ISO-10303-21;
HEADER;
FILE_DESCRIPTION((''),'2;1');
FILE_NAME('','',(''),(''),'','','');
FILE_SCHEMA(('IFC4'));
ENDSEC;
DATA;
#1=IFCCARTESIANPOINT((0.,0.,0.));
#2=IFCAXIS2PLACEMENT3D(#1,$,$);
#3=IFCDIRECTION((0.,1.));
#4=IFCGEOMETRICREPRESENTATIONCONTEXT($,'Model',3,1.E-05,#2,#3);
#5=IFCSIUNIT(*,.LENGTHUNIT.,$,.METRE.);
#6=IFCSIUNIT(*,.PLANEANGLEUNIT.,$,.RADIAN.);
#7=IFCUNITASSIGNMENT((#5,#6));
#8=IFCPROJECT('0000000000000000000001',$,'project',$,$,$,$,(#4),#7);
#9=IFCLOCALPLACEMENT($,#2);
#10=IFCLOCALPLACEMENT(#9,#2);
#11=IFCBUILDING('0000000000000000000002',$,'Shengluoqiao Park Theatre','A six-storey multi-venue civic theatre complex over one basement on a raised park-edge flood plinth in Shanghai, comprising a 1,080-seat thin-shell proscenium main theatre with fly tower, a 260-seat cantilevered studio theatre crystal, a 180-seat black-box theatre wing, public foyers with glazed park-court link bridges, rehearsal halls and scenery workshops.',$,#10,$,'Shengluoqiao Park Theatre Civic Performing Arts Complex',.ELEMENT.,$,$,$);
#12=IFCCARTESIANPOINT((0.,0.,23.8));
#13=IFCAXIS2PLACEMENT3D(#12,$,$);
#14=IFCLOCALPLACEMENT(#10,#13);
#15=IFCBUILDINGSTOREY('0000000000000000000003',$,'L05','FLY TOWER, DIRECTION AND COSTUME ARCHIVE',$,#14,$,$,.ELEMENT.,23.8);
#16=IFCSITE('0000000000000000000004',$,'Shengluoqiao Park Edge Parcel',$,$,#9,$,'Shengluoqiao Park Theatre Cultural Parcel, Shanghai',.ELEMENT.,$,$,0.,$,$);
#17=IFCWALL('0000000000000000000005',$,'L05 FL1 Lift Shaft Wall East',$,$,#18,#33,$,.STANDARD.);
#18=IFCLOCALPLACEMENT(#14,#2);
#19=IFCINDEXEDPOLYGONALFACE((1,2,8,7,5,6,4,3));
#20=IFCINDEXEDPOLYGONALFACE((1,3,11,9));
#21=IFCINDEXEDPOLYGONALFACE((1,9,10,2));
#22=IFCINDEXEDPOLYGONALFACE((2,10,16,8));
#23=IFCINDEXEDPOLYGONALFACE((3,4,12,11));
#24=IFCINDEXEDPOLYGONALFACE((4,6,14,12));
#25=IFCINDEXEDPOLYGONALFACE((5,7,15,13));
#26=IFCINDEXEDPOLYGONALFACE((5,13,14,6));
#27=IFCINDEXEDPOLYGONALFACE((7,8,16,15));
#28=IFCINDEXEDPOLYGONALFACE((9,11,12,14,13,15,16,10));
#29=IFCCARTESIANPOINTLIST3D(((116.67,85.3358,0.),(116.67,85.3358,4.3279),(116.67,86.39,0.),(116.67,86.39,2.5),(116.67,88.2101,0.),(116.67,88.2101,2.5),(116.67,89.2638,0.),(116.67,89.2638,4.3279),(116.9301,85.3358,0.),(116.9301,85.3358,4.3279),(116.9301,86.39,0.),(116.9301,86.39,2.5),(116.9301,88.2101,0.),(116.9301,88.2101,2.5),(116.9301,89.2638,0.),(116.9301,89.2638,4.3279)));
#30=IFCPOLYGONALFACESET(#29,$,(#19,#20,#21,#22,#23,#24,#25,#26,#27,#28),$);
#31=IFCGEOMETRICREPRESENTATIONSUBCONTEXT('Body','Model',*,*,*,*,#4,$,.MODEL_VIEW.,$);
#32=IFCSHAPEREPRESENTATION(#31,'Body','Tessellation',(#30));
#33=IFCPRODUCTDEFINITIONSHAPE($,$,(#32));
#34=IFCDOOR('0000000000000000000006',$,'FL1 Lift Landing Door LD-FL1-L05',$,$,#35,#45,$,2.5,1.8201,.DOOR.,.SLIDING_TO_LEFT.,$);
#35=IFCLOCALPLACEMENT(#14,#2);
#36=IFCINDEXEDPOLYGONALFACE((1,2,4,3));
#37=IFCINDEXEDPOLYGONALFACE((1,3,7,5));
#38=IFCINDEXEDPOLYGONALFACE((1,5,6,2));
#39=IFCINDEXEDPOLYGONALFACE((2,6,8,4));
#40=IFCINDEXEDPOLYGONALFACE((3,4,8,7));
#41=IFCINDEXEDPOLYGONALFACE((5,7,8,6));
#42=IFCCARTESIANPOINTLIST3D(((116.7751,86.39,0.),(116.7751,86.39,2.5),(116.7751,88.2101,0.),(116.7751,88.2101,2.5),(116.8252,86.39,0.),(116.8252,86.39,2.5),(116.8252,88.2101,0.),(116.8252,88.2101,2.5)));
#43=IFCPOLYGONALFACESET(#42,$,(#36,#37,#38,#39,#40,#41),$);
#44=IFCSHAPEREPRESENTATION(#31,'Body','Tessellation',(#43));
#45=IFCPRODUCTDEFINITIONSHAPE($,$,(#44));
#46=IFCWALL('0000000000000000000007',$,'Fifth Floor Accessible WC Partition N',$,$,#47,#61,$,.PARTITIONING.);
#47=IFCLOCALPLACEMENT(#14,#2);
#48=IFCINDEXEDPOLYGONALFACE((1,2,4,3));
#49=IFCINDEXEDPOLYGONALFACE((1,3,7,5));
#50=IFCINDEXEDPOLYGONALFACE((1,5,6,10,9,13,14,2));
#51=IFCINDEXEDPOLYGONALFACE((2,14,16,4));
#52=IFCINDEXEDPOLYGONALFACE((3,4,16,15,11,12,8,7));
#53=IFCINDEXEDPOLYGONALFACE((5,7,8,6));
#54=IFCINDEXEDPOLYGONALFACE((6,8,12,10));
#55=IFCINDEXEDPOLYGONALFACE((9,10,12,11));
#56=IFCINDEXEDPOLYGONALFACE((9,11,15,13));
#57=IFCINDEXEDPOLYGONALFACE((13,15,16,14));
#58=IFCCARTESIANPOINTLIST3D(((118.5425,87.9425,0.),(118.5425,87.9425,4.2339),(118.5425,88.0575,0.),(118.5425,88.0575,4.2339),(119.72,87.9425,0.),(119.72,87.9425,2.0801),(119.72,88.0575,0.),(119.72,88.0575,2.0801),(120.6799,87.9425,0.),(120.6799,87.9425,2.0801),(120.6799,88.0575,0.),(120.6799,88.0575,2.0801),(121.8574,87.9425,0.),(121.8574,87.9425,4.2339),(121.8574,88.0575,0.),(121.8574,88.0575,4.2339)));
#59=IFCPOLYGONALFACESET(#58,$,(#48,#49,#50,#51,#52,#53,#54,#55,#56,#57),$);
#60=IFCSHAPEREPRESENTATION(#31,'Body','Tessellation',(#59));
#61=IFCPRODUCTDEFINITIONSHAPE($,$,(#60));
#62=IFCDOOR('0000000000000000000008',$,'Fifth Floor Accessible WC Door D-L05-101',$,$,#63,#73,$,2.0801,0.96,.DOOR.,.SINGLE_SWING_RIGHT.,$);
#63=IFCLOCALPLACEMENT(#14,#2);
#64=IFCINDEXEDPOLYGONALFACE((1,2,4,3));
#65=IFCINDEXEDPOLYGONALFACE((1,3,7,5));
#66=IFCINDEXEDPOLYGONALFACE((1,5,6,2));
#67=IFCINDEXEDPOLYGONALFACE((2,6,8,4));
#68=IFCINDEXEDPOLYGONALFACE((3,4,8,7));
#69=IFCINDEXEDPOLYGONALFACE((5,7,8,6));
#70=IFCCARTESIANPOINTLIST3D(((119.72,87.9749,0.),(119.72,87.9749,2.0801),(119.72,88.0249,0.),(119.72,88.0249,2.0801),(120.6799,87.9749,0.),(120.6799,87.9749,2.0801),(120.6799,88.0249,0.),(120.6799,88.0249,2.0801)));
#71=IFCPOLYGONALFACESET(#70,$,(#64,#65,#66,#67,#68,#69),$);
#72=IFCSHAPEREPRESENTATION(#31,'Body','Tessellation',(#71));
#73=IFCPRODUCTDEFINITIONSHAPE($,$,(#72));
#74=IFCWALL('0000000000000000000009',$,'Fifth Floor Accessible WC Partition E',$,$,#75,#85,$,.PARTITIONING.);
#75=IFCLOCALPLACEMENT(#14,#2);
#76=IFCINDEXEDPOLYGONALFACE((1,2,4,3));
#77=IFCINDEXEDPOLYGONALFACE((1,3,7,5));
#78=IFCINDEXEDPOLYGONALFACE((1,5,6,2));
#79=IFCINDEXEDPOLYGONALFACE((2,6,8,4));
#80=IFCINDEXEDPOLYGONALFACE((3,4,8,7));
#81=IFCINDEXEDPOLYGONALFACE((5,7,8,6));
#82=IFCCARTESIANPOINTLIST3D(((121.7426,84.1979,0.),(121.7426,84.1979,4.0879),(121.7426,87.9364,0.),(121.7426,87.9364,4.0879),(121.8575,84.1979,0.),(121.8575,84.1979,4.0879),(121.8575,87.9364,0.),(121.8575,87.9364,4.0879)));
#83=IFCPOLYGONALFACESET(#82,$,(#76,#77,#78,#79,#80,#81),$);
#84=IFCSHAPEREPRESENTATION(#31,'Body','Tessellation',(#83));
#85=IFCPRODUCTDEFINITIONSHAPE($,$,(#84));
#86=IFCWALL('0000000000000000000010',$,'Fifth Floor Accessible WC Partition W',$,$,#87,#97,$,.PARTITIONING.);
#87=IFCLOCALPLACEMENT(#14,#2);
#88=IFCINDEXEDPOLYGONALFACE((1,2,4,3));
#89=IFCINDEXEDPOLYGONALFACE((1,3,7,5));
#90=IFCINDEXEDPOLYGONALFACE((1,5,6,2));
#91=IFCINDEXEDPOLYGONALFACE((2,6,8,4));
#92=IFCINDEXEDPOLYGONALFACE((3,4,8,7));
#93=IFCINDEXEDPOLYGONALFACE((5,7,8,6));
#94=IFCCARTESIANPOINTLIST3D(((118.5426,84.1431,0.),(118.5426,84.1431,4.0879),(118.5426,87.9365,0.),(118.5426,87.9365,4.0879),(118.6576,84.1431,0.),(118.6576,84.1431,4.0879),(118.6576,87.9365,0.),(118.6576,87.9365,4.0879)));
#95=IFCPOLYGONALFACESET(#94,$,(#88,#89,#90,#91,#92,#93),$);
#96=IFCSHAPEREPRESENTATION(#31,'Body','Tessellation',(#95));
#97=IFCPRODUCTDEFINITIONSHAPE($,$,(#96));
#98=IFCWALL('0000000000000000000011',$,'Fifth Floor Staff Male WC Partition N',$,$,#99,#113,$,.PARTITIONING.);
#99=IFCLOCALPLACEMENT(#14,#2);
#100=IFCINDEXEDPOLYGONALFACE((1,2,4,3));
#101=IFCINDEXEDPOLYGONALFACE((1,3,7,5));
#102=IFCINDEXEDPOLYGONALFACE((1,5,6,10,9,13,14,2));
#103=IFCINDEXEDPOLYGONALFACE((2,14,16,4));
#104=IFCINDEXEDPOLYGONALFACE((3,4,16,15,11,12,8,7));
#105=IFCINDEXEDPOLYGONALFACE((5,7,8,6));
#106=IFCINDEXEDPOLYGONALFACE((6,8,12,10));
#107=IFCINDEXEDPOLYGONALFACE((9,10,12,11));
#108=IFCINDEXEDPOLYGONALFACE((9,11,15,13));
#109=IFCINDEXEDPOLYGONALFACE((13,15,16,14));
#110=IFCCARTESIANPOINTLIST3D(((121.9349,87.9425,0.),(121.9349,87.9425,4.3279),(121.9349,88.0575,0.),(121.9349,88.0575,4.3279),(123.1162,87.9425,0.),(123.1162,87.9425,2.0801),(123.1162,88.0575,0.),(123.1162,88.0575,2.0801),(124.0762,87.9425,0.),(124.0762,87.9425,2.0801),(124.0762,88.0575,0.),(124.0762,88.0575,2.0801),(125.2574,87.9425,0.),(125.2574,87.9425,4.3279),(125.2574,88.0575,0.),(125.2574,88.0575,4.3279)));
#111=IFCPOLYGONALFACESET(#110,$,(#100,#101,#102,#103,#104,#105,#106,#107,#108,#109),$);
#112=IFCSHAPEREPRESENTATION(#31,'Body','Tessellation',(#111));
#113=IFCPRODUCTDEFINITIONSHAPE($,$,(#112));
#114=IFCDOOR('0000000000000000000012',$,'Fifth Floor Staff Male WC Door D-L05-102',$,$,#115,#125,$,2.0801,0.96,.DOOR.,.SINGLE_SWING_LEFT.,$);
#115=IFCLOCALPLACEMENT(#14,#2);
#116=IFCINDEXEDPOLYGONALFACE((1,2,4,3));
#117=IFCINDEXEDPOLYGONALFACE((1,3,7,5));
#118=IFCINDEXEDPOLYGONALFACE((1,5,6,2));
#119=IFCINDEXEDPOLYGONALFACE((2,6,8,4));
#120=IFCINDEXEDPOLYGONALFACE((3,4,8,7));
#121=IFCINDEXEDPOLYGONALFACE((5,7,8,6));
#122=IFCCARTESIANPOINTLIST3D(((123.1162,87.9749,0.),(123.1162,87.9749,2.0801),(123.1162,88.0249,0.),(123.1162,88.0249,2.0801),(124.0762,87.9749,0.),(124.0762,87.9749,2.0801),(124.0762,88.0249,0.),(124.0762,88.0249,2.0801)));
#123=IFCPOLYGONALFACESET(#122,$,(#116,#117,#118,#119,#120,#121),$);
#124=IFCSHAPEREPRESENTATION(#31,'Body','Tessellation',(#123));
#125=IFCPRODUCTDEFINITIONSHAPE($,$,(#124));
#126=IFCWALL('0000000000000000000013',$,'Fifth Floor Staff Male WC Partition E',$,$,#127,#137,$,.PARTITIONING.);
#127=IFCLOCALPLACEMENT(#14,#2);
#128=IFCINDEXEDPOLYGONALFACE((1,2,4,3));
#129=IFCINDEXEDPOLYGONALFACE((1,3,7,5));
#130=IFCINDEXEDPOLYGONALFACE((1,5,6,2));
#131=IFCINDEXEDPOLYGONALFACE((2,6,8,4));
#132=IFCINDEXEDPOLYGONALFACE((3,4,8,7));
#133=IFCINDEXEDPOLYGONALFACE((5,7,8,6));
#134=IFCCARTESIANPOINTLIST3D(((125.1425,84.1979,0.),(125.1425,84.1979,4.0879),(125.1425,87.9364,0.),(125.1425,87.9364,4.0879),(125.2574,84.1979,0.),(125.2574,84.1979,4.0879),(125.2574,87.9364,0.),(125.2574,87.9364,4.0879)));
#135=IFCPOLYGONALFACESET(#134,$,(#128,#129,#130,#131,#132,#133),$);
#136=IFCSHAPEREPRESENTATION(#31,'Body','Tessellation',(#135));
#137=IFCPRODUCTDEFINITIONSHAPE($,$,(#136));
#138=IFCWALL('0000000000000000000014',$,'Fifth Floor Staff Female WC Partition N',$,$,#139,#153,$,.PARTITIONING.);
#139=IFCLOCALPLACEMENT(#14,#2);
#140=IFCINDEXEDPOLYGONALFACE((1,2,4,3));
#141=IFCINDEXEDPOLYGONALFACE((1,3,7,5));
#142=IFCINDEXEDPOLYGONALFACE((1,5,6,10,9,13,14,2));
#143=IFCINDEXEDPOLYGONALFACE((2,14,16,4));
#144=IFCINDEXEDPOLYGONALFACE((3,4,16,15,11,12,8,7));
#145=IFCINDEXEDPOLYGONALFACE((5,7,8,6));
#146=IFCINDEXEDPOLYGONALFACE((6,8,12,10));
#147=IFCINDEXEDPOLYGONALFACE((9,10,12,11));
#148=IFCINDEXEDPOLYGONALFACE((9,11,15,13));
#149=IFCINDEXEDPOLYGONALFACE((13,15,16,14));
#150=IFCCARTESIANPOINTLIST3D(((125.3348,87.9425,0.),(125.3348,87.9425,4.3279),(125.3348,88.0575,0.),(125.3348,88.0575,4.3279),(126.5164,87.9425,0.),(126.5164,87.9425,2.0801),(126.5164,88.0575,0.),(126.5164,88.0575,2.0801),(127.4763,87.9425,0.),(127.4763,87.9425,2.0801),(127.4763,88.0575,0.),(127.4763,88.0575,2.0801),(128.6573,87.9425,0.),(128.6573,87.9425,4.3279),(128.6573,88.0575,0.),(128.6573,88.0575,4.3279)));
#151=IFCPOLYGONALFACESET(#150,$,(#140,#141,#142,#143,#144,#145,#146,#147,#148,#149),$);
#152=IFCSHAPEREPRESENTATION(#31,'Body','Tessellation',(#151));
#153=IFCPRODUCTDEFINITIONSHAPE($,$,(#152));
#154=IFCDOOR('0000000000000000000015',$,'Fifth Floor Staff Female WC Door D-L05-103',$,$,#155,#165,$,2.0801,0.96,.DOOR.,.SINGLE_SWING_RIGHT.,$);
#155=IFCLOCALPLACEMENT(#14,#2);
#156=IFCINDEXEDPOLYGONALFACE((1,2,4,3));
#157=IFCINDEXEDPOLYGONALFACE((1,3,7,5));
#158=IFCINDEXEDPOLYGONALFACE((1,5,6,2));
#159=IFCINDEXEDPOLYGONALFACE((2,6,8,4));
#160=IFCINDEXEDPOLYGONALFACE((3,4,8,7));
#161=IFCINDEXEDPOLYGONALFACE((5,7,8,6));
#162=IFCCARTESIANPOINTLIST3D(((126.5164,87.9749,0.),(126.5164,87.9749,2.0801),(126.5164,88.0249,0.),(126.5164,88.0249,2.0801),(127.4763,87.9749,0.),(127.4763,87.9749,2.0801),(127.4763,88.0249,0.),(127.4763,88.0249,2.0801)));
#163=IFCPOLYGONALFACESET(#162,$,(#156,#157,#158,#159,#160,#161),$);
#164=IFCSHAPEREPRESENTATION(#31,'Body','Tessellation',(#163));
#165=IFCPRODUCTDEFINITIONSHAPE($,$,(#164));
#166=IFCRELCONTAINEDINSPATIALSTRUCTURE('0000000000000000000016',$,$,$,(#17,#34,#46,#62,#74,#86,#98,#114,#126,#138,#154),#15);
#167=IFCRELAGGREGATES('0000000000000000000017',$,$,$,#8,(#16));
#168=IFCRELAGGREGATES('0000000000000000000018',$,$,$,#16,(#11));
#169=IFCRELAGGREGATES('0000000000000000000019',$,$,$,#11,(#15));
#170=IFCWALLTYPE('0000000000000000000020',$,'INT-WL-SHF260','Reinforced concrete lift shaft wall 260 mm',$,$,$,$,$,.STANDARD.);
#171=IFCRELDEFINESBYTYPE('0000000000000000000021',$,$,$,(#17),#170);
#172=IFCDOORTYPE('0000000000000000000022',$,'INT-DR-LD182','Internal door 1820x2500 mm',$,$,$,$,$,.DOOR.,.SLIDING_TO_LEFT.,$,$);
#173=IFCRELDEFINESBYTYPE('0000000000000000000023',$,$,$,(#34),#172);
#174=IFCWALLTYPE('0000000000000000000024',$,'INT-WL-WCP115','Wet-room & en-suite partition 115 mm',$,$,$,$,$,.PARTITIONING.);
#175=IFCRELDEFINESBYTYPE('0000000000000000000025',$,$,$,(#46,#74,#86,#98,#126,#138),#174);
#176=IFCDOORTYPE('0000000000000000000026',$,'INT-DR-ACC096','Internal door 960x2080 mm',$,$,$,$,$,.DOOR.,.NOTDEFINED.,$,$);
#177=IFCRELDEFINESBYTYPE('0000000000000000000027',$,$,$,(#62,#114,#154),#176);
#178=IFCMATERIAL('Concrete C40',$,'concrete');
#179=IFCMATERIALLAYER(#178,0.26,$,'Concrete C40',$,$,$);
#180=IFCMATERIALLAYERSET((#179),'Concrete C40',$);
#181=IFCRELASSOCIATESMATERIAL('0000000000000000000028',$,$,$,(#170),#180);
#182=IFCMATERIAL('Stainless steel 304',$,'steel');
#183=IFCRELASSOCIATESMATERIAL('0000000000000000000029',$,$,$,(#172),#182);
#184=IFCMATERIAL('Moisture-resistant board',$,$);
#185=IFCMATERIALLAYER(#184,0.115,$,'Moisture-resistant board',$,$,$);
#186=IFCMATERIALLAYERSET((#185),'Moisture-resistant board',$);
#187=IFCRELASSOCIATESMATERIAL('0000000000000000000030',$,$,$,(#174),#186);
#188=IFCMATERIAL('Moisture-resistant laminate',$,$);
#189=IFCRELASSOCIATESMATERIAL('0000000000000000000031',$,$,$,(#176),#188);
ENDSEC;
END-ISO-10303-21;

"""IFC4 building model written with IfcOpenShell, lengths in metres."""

from ifc_helpers import new_model, si_unit, direction, frame, frame_2d, origin, place, context, subcontext, project, spatial, rectangle, extrude, material, layer, layer_set, type_object, element, fill, save


model = new_model("IFC4")

# Units and contexts
model_context = context("Model", 3, precision=1e-05, world=origin(), true_north=direction((0.0, 1.0)))
body_context = subcontext(model_context, "Body", "Model", "MODEL_VIEW")
ifc_project = project(units=[si_unit("LENGTHUNIT", "METRE"), si_unit("PLANEANGLEUNIT", "RADIAN")], contexts=[model_context])

# Site, building, storey
site_placement = place(None, origin())
site = spatial("IfcSite", under=ifc_project, at=site_placement, Name="Shengluoqiao Park Edge Parcel", LongName="Shengluoqiao Park Theatre Cultural Parcel, Shanghai", CompositionType="ELEMENT", RefElevation=0.0)
building_placement = place(site_placement, origin())
building = spatial("IfcBuilding", under=site, at=building_placement, Name="Shengluoqiao Park Theatre", Description="A six-storey multi-venue civic theatre complex over one basement on a raised park-edge flood plinth in Shanghai, comprising a 1,080-seat thin-shell proscenium main theatre with fly tower, a 260-seat cantilevered studio theatre crystal, a 180-seat black-box theatre wing, public foyers with glazed park-court link bridges, rehearsal halls and scenery workshops.", LongName="Shengluoqiao Park Theatre Civic Performing Arts Complex", CompositionType="ELEMENT")
storey_placement = place(building_placement, frame((0.0, 0.0, 23.8)))
storey = spatial("IfcBuildingStorey", under=building, at=storey_placement, Name="L05", Description="FLY TOWER, DIRECTION AND COSTUME ARCHIVE", CompositionType="ELEMENT", Elevation=23.8)

# Walls, openings, doors
ifc_material_1 = material(Name="Concrete C40", Category="concrete")
ifc_layer_1 = layer(ifc_material_1, 0.26, Name="Concrete C40")
ifc_layer_set_1 = layer_set([ifc_layer_1], Name="Concrete C40")
wall_type_1 = type_object("IfcWallType", Name="INT-WL-SHF260", Description="Reinforced concrete lift shaft wall 260 mm", PredefinedType="STANDARD", material=ifc_layer_set_1)
wall_1_placement = place(storey_placement, frame((116.8, 85.3359, 0.0), z_axis=(0.0, 0.0, 1.0), x_axis=(0.0, 1.0, 0.0)))
wall_1 = element("IfcWall", 1, at=wall_1_placement, inside=storey, type_object=wall_type_1, Name="L05 FL1 Lift Shaft Wall East", PredefinedType="STANDARD", context=body_context, shape_type="SweptSolid", body=[
    extrude(rectangle(XDim=3.928, YDim=0.26, at=frame_2d((1.9639, 0.0))), origin(), (0.0, 0.0, 1.0), 4.3279),
])
opening_1_placement = place(wall_1_placement, frame((1.054, 0.0, 0.0)))
opening_1 = element("IfcOpeningElement", 2, at=opening_1_placement, cuts=wall_1, PredefinedType="OPENING", context=body_context, shape_type="SweptSolid", body=[
    extrude(rectangle(XDim=1.8201, YDim=2.5, at=frame_2d((0.9102, 1.25))), frame((0.0, 0.1399, 0.0), z_axis=(0.0, -1.0, 0.0), x_axis=(1.0, 0.0, 0.0)), (0.0, 0.0, 1.0), 0.28),
])
ifc_material_2 = material(Name="Stainless steel 304", Category="steel")
door_type_1 = type_object("IfcDoorType", Name="INT-DR-LD182", Description="Internal door 1820x2500 mm", OperationType="SLIDING_TO_LEFT", PredefinedType="DOOR", material=ifc_material_2)
door_1_placement = place(opening_1_placement, origin())
door_1 = element("IfcDoor", 3, at=door_1_placement, inside=storey, type_object=door_type_1, Name="FL1 Lift Landing Door LD-FL1-L05", OperationType="SLIDING_TO_LEFT", OverallHeight=2.5, OverallWidth=1.8201, PredefinedType="DOOR", context=body_context, shape_type="SweptSolid", body=[
    extrude(rectangle(XDim=1.8201, YDim=2.5, at=frame_2d((0.9102, 1.25))), frame((0.0, 0.0249, 0.0), z_axis=(0.0, -1.0, 0.0), x_axis=(1.0, 0.0, 0.0)), (0.0, 0.0, 1.0), 0.05),
])
fill(opening_1, door_1)
ifc_material_3 = material(Name="Moisture-resistant board")
ifc_layer_2 = layer(ifc_material_3, 0.115, Name="Moisture-resistant board")
ifc_layer_set_2 = layer_set([ifc_layer_2], Name="Moisture-resistant board")
wall_type_2 = type_object("IfcWallType", Name="INT-WL-WCP115", Description="Wet-room & en-suite partition 115 mm", PredefinedType="PARTITIONING", material=ifc_layer_set_2)
wall_2_placement = place(storey_placement, frame((118.5425, 88.0, 0.0), z_axis=(0.0, 0.0, 1.0), x_axis=(1.0, 0.0, 0.0)))
wall_2 = element("IfcWall", 4, at=wall_2_placement, inside=storey, type_object=wall_type_2, Name="Fifth Floor Accessible WC Partition N", PredefinedType="PARTITIONING", context=body_context, shape_type="SweptSolid", body=[
    extrude(rectangle(XDim=3.3149, YDim=0.115, at=frame_2d((1.6575, 0.0))), origin(), (0.0, 0.0, 1.0), 4.2339),
])
opening_2_placement = place(wall_2_placement, frame((1.1775, 0.0, 0.0)))
opening_2 = element("IfcOpeningElement", 5, at=opening_2_placement, cuts=wall_2, PredefinedType="OPENING", context=body_context, shape_type="SweptSolid", body=[
    extrude(rectangle(XDim=0.96, YDim=2.0801, at=frame_2d((0.48, 1.04))), frame((0.0, 0.0674, 0.0), z_axis=(0.0, -1.0, 0.0), x_axis=(1.0, 0.0, 0.0)), (0.0, 0.0, 1.0), 0.135),
])
ifc_material_4 = material(Name="Moisture-resistant laminate")
door_type_2 = type_object("IfcDoorType", Name="INT-DR-ACC096", Description="Internal door 960x2080 mm", OperationType="NOTDEFINED", PredefinedType="DOOR", material=ifc_material_4)
door_2_placement = place(opening_2_placement, origin())
door_2 = element("IfcDoor", 6, at=door_2_placement, inside=storey, type_object=door_type_2, Name="Fifth Floor Accessible WC Door D-L05-101", OperationType="SINGLE_SWING_RIGHT", OverallHeight=2.0801, OverallWidth=0.96, PredefinedType="DOOR", context=body_context, shape_type="SweptSolid", body=[
    extrude(rectangle(XDim=0.96, YDim=2.0801, at=frame_2d((0.48, 1.04))), frame((0.0, 0.0249, 0.0), z_axis=(0.0, -1.0, 0.0), x_axis=(1.0, 0.0, 0.0)), (0.0, 0.0, 1.0), 0.05),
])
fill(opening_2, door_2)

# Walls
wall_3_placement = place(storey_placement, frame((121.8, 84.198, 0.0), z_axis=(0.0, 0.0, 1.0), x_axis=(0.0, 1.0, 0.0)))
element("IfcWall", 7, at=wall_3_placement, inside=storey, type_object=wall_type_2, Name="Fifth Floor Accessible WC Partition E", PredefinedType="PARTITIONING", context=body_context, shape_type="SweptSolid", body=[
    extrude(rectangle(XDim=3.7385, YDim=0.115, at=frame_2d((1.8691, 0.0))), origin(), (0.0, 0.0, 1.0), 4.0879),
])
wall_4_placement = place(storey_placement, frame((118.6001, 84.1431, 0.0), z_axis=(0.0, 0.0, 1.0), x_axis=(0.0, 1.0, 0.0)))
element("IfcWall", 8, at=wall_4_placement, inside=storey, type_object=wall_type_2, Name="Fifth Floor Accessible WC Partition W", PredefinedType="PARTITIONING", context=body_context, shape_type="SweptSolid", body=[
    extrude(rectangle(XDim=3.7935, YDim=0.115, at=frame_2d((1.8967, 0.0))), origin(), (0.0, 0.0, 1.0), 4.0879),
])

# Wall, opening, door
wall_5_placement = place(storey_placement, frame((121.9351, 88.0, 0.0), z_axis=(0.0, 0.0, 1.0), x_axis=(1.0, 0.0, 0.0)))
wall_5 = element("IfcWall", 9, at=wall_5_placement, inside=storey, type_object=wall_type_2, Name="Fifth Floor Staff Male WC Partition N", PredefinedType="PARTITIONING", context=body_context, shape_type="SweptSolid", body=[
    extrude(rectangle(XDim=3.3225, YDim=0.115, at=frame_2d((1.6611, 0.0))), origin(), (0.0, 0.0, 1.0), 4.3279),
])
opening_3_placement = place(wall_5_placement, frame((1.1812, 0.0, 0.0)))
opening_3 = element("IfcOpeningElement", 10, at=opening_3_placement, cuts=wall_5, PredefinedType="OPENING", context=body_context, shape_type="SweptSolid", body=[
    extrude(rectangle(XDim=0.96, YDim=2.0801, at=frame_2d((0.48, 1.04))), frame((0.0, 0.0674, 0.0), z_axis=(0.0, -1.0, 0.0), x_axis=(1.0, 0.0, 0.0)), (0.0, 0.0, 1.0), 0.135),
])
door_3_placement = place(opening_3_placement, origin())
door_3 = element("IfcDoor", 11, at=door_3_placement, inside=storey, type_object=door_type_2, Name="Fifth Floor Staff Male WC Door D-L05-102", OperationType="SINGLE_SWING_LEFT", OverallHeight=2.0801, OverallWidth=0.96, PredefinedType="DOOR", context=body_context, shape_type="SweptSolid", body=[
    extrude(rectangle(XDim=0.96, YDim=2.0801, at=frame_2d((0.48, 1.04))), frame((0.0, 0.0249, 0.0), z_axis=(0.0, -1.0, 0.0), x_axis=(1.0, 0.0, 0.0)), (0.0, 0.0, 1.0), 0.05),
])
fill(opening_3, door_3)

# Wall
wall_6_placement = place(storey_placement, frame((125.2, 84.198, 0.0), z_axis=(0.0, 0.0, 1.0), x_axis=(0.0, 1.0, 0.0)))
element("IfcWall", 12, at=wall_6_placement, inside=storey, type_object=wall_type_2, Name="Fifth Floor Staff Male WC Partition E", PredefinedType="PARTITIONING", context=body_context, shape_type="SweptSolid", body=[
    extrude(rectangle(XDim=3.7385, YDim=0.115, at=frame_2d((1.8691, 0.0))), origin(), (0.0, 0.0, 1.0), 4.0879),
])

# Wall, opening, door
wall_7_placement = place(storey_placement, frame((125.335, 88.0, 0.0), z_axis=(0.0, 0.0, 1.0), x_axis=(1.0, 0.0, 0.0)))
wall_7 = element("IfcWall", 13, at=wall_7_placement, inside=storey, type_object=wall_type_2, Name="Fifth Floor Staff Female WC Partition N", PredefinedType="PARTITIONING", context=body_context, shape_type="SweptSolid", body=[
    extrude(rectangle(XDim=3.3225, YDim=0.115, at=frame_2d((1.6611, 0.0))), origin(), (0.0, 0.0, 1.0), 4.3279),
])
opening_4_placement = place(wall_7_placement, frame((1.1814, 0.0, 0.0)))
opening_4 = element("IfcOpeningElement", 14, at=opening_4_placement, cuts=wall_7, PredefinedType="OPENING", context=body_context, shape_type="SweptSolid", body=[
    extrude(rectangle(XDim=0.96, YDim=2.0801, at=frame_2d((0.48, 1.04))), frame((0.0, 0.0674, 0.0), z_axis=(0.0, -1.0, 0.0), x_axis=(1.0, 0.0, 0.0)), (0.0, 0.0, 1.0), 0.135),
])
door_4_placement = place(opening_4_placement, origin())
door_4 = element("IfcDoor", 15, at=door_4_placement, inside=storey, type_object=door_type_2, Name="Fifth Floor Staff Female WC Door D-L05-103", OperationType="SINGLE_SWING_RIGHT", OverallHeight=2.0801, OverallWidth=0.96, PredefinedType="DOOR", context=body_context, shape_type="SweptSolid", body=[
    extrude(rectangle(XDim=0.96, YDim=2.0801, at=frame_2d((0.48, 1.04))), frame((0.0, 0.0249, 0.0), z_axis=(0.0, -1.0, 0.0), x_axis=(1.0, 0.0, 0.0)), (0.0, 0.0, 1.0), 0.05),
])
fill(opening_4, door_4)

save(model, "model.ifc")
